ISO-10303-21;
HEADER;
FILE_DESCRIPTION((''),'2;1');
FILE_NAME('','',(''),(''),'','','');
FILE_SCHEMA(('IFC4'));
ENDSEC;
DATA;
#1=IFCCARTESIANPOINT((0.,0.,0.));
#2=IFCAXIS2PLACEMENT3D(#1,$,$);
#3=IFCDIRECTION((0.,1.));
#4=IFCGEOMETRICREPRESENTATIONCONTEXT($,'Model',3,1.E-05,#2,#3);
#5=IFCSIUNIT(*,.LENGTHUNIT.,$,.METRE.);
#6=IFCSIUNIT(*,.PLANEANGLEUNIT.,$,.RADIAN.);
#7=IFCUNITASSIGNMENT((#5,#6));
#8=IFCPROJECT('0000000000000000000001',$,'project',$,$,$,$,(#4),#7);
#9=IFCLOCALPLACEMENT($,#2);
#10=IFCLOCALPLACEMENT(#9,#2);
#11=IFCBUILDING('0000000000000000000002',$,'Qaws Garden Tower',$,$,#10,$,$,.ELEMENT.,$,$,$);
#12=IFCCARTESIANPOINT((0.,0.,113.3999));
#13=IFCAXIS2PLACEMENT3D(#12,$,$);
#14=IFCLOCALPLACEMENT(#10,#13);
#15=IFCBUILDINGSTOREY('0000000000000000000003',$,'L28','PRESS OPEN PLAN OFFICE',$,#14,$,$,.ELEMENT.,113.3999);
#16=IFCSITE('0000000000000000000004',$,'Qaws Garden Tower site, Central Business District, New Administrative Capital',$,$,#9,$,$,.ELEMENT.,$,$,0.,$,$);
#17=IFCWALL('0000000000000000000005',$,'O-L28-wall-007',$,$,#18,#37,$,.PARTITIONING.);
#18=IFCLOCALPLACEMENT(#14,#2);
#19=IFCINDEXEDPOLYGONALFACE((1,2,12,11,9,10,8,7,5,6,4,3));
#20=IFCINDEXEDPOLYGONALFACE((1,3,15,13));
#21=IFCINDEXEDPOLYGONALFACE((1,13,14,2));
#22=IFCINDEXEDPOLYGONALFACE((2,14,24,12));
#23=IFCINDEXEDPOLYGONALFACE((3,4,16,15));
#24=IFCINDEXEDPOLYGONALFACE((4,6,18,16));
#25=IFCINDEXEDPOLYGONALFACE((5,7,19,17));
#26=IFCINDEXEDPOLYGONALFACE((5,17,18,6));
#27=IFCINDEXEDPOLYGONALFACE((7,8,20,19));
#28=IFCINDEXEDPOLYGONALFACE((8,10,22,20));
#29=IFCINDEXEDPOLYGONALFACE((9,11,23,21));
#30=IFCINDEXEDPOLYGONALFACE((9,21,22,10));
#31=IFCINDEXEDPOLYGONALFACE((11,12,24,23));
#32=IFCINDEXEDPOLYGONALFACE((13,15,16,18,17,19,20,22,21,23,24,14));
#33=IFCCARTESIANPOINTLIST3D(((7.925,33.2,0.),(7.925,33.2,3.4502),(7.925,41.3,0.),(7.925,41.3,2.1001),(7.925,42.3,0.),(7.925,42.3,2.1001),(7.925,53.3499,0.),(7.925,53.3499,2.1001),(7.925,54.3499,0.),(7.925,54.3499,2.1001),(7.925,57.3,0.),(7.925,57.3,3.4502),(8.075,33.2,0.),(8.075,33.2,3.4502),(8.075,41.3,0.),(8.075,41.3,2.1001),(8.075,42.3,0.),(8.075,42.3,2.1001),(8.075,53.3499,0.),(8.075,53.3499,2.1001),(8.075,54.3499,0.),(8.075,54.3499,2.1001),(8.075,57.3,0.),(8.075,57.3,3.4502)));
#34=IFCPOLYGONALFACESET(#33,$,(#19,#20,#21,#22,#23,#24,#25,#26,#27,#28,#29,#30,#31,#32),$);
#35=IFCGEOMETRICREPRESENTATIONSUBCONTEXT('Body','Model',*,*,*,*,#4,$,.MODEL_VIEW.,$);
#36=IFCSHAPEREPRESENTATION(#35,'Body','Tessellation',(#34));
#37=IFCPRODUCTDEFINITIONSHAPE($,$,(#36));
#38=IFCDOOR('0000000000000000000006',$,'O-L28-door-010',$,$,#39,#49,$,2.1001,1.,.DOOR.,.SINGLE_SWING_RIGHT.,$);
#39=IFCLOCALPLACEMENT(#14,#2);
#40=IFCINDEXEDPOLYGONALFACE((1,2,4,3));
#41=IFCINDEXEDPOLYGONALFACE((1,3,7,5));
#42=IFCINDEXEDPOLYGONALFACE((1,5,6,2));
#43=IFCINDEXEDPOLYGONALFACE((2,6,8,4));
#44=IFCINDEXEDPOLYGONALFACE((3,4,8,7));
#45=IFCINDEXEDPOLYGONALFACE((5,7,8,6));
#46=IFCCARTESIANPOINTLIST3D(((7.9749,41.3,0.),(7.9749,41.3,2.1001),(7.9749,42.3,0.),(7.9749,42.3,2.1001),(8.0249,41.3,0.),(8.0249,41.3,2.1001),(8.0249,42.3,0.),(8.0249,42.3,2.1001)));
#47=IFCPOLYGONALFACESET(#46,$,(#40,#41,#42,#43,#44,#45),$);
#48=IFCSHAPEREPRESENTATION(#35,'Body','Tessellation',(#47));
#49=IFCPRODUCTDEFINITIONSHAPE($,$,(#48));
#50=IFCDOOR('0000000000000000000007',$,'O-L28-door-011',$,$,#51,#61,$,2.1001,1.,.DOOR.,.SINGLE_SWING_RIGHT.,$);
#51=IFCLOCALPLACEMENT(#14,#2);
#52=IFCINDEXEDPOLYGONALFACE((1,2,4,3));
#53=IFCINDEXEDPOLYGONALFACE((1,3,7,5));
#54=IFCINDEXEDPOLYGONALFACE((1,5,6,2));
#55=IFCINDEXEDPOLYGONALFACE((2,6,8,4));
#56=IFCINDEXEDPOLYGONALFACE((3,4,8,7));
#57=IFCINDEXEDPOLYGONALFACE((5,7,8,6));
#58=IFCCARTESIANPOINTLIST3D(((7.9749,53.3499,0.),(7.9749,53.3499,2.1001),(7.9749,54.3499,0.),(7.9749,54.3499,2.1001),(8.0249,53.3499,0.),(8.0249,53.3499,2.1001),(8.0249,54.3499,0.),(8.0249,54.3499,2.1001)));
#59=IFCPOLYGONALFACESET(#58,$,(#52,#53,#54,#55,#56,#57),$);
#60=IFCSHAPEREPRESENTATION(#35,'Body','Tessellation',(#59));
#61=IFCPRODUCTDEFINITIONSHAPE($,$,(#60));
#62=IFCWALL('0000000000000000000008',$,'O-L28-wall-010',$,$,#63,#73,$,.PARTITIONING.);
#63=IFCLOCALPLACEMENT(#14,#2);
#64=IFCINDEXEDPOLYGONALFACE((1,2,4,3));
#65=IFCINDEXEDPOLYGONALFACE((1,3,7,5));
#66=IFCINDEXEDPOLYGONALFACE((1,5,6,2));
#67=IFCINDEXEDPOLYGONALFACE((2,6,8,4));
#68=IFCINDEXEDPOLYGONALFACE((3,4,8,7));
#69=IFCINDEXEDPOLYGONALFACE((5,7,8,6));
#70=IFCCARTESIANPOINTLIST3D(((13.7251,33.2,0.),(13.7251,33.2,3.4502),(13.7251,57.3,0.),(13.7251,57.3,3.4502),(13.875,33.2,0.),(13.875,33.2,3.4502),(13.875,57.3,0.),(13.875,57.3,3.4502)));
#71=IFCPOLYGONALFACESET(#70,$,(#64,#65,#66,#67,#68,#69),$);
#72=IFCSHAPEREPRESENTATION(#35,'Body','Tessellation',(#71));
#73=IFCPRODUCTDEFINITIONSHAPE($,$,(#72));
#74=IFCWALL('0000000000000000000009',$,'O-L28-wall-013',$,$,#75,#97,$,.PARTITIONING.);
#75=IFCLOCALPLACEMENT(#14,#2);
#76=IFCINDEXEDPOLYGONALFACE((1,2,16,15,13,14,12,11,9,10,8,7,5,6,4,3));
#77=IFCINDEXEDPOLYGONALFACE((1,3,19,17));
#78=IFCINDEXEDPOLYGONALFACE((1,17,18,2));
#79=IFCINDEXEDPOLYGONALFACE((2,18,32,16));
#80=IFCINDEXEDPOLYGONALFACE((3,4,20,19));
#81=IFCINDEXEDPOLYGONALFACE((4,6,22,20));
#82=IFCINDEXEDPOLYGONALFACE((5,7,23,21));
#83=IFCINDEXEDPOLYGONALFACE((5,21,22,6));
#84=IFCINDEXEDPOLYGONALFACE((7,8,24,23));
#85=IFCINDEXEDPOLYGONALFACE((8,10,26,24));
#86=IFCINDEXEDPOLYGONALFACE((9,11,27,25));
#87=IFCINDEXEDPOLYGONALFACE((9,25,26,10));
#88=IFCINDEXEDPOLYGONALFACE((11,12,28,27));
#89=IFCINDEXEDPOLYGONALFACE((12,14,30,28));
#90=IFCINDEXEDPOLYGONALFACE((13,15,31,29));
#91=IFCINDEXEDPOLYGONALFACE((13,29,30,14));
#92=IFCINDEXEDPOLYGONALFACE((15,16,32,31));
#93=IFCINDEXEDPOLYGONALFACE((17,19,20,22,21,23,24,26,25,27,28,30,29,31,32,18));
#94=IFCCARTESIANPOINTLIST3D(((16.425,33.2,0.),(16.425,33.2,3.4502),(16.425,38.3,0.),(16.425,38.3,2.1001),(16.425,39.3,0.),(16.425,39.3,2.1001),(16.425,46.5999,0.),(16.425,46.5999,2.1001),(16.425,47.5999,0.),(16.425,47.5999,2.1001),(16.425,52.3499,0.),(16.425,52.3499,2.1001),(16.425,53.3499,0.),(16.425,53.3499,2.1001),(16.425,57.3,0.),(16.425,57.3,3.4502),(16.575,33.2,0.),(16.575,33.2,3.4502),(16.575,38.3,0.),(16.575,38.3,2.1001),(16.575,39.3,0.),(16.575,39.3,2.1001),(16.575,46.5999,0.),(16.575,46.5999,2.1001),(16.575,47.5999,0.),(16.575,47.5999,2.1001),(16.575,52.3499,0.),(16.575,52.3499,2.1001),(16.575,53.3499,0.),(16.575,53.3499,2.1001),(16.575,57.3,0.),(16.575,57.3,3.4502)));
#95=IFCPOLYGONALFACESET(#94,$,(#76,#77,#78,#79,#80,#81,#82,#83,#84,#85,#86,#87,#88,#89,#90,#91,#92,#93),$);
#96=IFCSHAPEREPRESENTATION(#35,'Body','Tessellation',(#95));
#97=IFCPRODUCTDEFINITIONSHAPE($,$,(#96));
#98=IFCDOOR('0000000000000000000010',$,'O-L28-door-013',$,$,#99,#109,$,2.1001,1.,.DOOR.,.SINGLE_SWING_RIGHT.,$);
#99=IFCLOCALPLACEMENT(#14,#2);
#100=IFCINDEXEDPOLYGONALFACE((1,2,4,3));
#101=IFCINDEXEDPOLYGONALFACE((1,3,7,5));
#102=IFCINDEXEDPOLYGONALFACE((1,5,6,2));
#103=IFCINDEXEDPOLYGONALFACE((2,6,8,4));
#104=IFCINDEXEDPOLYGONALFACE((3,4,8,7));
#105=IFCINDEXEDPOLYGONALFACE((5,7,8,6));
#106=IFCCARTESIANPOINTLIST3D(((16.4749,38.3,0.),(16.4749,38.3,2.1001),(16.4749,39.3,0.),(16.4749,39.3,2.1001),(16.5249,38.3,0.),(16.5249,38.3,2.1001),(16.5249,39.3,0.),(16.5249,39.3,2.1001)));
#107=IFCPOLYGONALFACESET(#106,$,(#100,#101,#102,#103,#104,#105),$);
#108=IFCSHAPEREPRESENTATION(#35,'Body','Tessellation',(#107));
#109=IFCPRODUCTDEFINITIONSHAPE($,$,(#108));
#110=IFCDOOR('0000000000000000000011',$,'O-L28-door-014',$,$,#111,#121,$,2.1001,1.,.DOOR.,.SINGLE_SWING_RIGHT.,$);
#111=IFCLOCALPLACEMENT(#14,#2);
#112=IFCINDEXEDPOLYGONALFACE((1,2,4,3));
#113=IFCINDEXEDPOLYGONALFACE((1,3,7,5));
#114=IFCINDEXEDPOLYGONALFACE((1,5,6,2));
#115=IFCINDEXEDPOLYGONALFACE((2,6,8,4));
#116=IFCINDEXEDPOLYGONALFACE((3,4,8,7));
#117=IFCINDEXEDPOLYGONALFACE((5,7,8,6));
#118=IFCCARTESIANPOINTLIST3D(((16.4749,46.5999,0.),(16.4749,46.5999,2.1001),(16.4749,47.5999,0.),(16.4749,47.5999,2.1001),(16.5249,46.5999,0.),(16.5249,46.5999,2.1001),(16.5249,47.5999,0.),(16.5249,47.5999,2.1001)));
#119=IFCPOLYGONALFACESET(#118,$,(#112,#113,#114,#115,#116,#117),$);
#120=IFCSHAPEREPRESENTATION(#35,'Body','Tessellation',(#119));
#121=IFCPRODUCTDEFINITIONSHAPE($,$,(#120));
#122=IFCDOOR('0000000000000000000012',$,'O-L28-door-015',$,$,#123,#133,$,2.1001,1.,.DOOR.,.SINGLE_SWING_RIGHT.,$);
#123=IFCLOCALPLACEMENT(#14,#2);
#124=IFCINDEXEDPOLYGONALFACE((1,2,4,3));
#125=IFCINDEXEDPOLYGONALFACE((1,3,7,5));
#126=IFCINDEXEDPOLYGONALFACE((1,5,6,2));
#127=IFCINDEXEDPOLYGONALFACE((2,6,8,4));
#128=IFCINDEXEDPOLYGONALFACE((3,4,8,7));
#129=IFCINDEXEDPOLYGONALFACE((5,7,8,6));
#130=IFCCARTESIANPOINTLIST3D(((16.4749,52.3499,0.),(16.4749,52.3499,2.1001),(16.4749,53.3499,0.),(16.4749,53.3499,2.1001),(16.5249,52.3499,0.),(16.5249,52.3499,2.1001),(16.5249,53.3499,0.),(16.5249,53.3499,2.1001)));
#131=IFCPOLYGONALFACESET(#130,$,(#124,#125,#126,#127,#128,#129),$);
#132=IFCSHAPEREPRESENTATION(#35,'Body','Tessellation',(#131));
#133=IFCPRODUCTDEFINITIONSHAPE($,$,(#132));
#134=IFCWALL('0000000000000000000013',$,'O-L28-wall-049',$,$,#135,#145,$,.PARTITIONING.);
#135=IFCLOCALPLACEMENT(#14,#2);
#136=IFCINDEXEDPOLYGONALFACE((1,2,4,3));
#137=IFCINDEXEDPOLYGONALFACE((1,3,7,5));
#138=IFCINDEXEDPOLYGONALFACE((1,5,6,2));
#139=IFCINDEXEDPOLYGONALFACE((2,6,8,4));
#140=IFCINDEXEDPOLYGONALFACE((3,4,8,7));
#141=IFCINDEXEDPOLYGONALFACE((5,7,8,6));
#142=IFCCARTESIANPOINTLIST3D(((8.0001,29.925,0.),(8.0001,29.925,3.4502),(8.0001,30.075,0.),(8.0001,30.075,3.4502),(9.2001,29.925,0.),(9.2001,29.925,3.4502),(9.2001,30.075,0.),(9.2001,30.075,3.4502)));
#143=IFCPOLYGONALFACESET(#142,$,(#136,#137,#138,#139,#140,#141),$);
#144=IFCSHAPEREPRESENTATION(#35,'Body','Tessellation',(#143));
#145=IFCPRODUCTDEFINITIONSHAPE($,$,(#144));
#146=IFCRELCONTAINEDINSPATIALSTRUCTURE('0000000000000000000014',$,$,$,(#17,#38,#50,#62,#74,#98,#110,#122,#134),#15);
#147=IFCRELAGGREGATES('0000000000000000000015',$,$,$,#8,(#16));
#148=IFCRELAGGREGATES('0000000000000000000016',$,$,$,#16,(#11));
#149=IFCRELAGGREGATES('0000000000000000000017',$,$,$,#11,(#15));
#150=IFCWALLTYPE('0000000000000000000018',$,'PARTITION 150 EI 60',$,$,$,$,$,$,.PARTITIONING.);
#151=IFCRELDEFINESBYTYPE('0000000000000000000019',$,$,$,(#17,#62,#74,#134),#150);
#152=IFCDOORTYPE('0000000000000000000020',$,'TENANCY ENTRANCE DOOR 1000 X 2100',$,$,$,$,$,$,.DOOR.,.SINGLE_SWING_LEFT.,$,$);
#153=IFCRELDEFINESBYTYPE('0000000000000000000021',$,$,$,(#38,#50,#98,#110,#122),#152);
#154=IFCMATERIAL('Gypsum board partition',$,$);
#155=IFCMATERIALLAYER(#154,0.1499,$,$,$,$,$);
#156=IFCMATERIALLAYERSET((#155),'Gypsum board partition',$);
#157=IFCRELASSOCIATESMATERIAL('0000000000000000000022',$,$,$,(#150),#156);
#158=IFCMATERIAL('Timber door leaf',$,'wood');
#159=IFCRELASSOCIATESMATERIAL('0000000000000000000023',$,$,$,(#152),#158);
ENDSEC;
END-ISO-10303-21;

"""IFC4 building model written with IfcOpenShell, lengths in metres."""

from ifc_helpers import new_model, si_unit, direction, frame, frame_2d, origin, place, context, subcontext, project, spatial, rectangle, extrude, material, layer, layer_set, type_object, element, fill, save


model = new_model("IFC4")

# Units and contexts
model_context = context("Model", 3, precision=1e-05, world=origin(), true_north=direction((0.0, 1.0)))
body_context = subcontext(model_context, "Body", "Model", "MODEL_VIEW")
ifc_project = project(units=[si_unit("LENGTHUNIT", "METRE"), si_unit("PLANEANGLEUNIT", "RADIAN")], contexts=[model_context])

# Site, building, storey
site_placement = place(None, origin())
site = spatial("IfcSite", under=ifc_project, at=site_placement, Name="Qaws Garden Tower site, Central Business District, New Administrative Capital", CompositionType="ELEMENT", RefElevation=0.0)
building_placement = place(site_placement, origin())
building = spatial("IfcBuilding", under=site, at=building_placement, Name="Qaws Garden Tower", CompositionType="ELEMENT")
storey_placement = place(building_placement, frame((0.0, 0.0, 113.3999)))
storey = spatial("IfcBuildingStorey", under=building, at=storey_placement, Name="L28", Description="PRESS OPEN PLAN OFFICE", CompositionType="ELEMENT", Elevation=113.3999)

# Wall, openings, doors
ifc_material_1 = material(Name="Gypsum board partition")
ifc_layer_1 = layer(ifc_material_1, 0.1499)
ifc_layer_set_1 = layer_set([ifc_layer_1], Name="Gypsum board partition")
wall_type_1 = type_object("IfcWallType", Name="PARTITION 150 EI 60", PredefinedType="PARTITIONING", material=ifc_layer_set_1)
wall_1_placement = place(storey_placement, frame((8.0, 33.2, 0.0), z_axis=(0.0, 0.0, 1.0), x_axis=(0.0, 1.0, 0.0)))
wall_1 = element("IfcWall", 1, at=wall_1_placement, inside=storey, type_object=wall_type_1, Name="O-L28-wall-007", PredefinedType="PARTITIONING", context=body_context, shape_type="SweptSolid", body=[
    extrude(rectangle(XDim=24.1001, YDim=0.1499, at=frame_2d((12.05, 0.0))), origin(), (0.0, 0.0, 1.0), 3.4502),
])
opening_1_placement = place(wall_1_placement, frame((8.1001, 0.0, 0.0)))
opening_1 = element("IfcOpeningElement", 2, at=opening_1_placement, cuts=wall_1, PredefinedType="OPENING", context=body_context, shape_type="SweptSolid", body=[
    extrude(rectangle(XDim=1.0, YDim=2.1001, at=frame_2d((0.5, 1.05))), frame((0.0, 0.085, 0.0), z_axis=(0.0, -1.0, 0.0), x_axis=(1.0, 0.0, 0.0)), (0.0, 0.0, 1.0), 0.1699),
])
opening_2_placement = place(wall_1_placement, frame((20.1499, 0.0, 0.0)))
opening_2 = element("IfcOpeningElement", 3, at=opening_2_placement, cuts=wall_1, PredefinedType="OPENING", context=body_context, shape_type="SweptSolid", body=[
    extrude(rectangle(XDim=1.0, YDim=2.1001, at=frame_2d((0.5, 1.05))), frame((0.0, 0.085, 0.0), z_axis=(0.0, -1.0, 0.0), x_axis=(1.0, 0.0, 0.0)), (0.0, 0.0, 1.0), 0.1699),
])
ifc_material_2 = material(Name="Timber door leaf", Category="wood")
door_type_1 = type_object("IfcDoorType", Name="TENANCY ENTRANCE DOOR 1000 X 2100", OperationType="SINGLE_SWING_LEFT", PredefinedType="DOOR", material=ifc_material_2)
door_1_placement = place(opening_1_placement, frame((1.0, 0.0, 0.0), z_axis=(0.0, 0.0, 1.0), x_axis=(-1.0, 0.0, 0.0)))
door_1 = element("IfcDoor", 4, at=door_1_placement, inside=storey, type_object=door_type_1, Name="O-L28-door-010", OperationType="SINGLE_SWING_RIGHT", OverallHeight=2.1001, OverallWidth=1.0, PredefinedType="DOOR", context=body_context, shape_type="SweptSolid", body=[
    extrude(rectangle(XDim=1.0, YDim=2.1001, at=frame_2d((0.5, 1.05))), frame((0.0, 0.0249, 0.0), z_axis=(0.0, -1.0, 0.0), x_axis=(1.0, 0.0, 0.0)), (0.0, 0.0, 1.0), 0.05),
])
fill(opening_1, door_1)
door_2_placement = place(opening_2_placement, frame((1.0, 0.0, 0.0), z_axis=(0.0, 0.0, 1.0), x_axis=(-1.0, 0.0, 0.0)))
door_2 = element("IfcDoor", 5, at=door_2_placement, inside=storey, type_object=door_type_1, Name="O-L28-door-011", OperationType="SINGLE_SWING_RIGHT", OverallHeight=2.1001, OverallWidth=1.0, PredefinedType="DOOR", context=body_context, shape_type="SweptSolid", body=[
    extrude(rectangle(XDim=1.0, YDim=2.1001, at=frame_2d((0.5, 1.05))), frame((0.0, 0.0249, 0.0), z_axis=(0.0, -1.0, 0.0), x_axis=(1.0, 0.0, 0.0)), (0.0, 0.0, 1.0), 0.05),
])
fill(opening_2, door_2)

# Wall
wall_2_placement = place(storey_placement, frame((13.8, 33.2, 0.0), z_axis=(0.0, 0.0, 1.0), x_axis=(0.0, 1.0, 0.0)))
element("IfcWall", 6, at=wall_2_placement, inside=storey, type_object=wall_type_1, Name="O-L28-wall-010", PredefinedType="PARTITIONING", context=body_context, shape_type="SweptSolid", body=[
    extrude(rectangle(XDim=24.1001, YDim=0.1499, at=frame_2d((12.05, 0.0))), origin(), (0.0, 0.0, 1.0), 3.4502),
])

# Wall, openings, doors
wall_3_placement = place(storey_placement, frame((16.5, 33.2, 0.0), z_axis=(0.0, 0.0, 1.0), x_axis=(0.0, 1.0, 0.0)))
wall_3 = element("IfcWall", 7, at=wall_3_placement, inside=storey, type_object=wall_type_1, Name="O-L28-wall-013", PredefinedType="PARTITIONING", context=body_context, shape_type="SweptSolid", body=[
    extrude(rectangle(XDim=24.1001, YDim=0.1499, at=frame_2d((12.05, 0.0))), origin(), (0.0, 0.0, 1.0), 3.4502),
])
opening_3_placement = place(wall_3_placement, frame((5.1001, 0.0, 0.0)))
opening_3 = element("IfcOpeningElement", 8, at=opening_3_placement, cuts=wall_3, PredefinedType="OPENING", context=body_context, shape_type="SweptSolid", body=[
    extrude(rectangle(XDim=1.0, YDim=2.1001, at=frame_2d((0.5, 1.05))), frame((0.0, 0.085, 0.0), z_axis=(0.0, -1.0, 0.0), x_axis=(1.0, 0.0, 0.0)), (0.0, 0.0, 1.0), 0.1699),
])
opening_4_placement = place(wall_3_placement, frame((13.3999, 0.0, 0.0)))
opening_4 = element("IfcOpeningElement", 9, at=opening_4_placement, cuts=wall_3, PredefinedType="OPENING", context=body_context, shape_type="SweptSolid", body=[
    extrude(rectangle(XDim=1.0, YDim=2.1001, at=frame_2d((0.5, 1.05))), frame((0.0, 0.085, 0.0), z_axis=(0.0, -1.0, 0.0), x_axis=(1.0, 0.0, 0.0)), (0.0, 0.0, 1.0), 0.1699),
])
opening_5_placement = place(wall_3_placement, frame((19.1499, 0.0, 0.0)))
opening_5 = element("IfcOpeningElement", 10, at=opening_5_placement, cuts=wall_3, PredefinedType="OPENING", context=body_context, shape_type="SweptSolid", body=[
    extrude(rectangle(XDim=1.0, YDim=2.1001, at=frame_2d((0.5, 1.05))), frame((0.0, 0.085, 0.0), z_axis=(0.0, -1.0, 0.0), x_axis=(1.0, 0.0, 0.0)), (0.0, 0.0, 1.0), 0.1699),
])
door_3_placement = place(opening_3_placement, frame((1.0, 0.0, 0.0), z_axis=(0.0, 0.0, 1.0), x_axis=(-1.0, 0.0, 0.0)))
door_3 = element("IfcDoor", 11, at=door_3_placement, inside=storey, type_object=door_type_1, Name="O-L28-door-013", OperationType="SINGLE_SWING_RIGHT", OverallHeight=2.1001, OverallWidth=1.0, PredefinedType="DOOR", context=body_context, shape_type="SweptSolid", body=[
    extrude(rectangle(XDim=1.0, YDim=2.1001, at=frame_2d((0.5, 1.05))), frame((0.0, 0.0249, 0.0), z_axis=(0.0, -1.0, 0.0), x_axis=(1.0, 0.0, 0.0)), (0.0, 0.0, 1.0), 0.05),
])
fill(opening_3, door_3)
door_4_placement = place(opening_4_placement, frame((1.0, 0.0, 0.0), z_axis=(0.0, 0.0, 1.0), x_axis=(-1.0, 0.0, 0.0)))
door_4 = element("IfcDoor", 12, at=door_4_placement, inside=storey, type_object=door_type_1, Name="O-L28-door-014", OperationType="SINGLE_SWING_RIGHT", OverallHeight=2.1001, OverallWidth=1.0, PredefinedType="DOOR", context=body_context, shape_type="SweptSolid", body=[
    extrude(rectangle(XDim=1.0, YDim=2.1001, at=frame_2d((0.5, 1.05))), frame((0.0, 0.0249, 0.0), z_axis=(0.0, -1.0, 0.0), x_axis=(1.0, 0.0, 0.0)), (0.0, 0.0, 1.0), 0.05),
])
fill(opening_4, door_4)
door_5_placement = place(opening_5_placement, frame((1.0, 0.0, 0.0), z_axis=(0.0, 0.0, 1.0), x_axis=(-1.0, 0.0, 0.0)))
door_5 = element("IfcDoor", 13, at=door_5_placement, inside=storey, type_object=door_type_1, Name="O-L28-door-015", OperationType="SINGLE_SWING_RIGHT", OverallHeight=2.1001, OverallWidth=1.0, PredefinedType="DOOR", context=body_context, shape_type="SweptSolid", body=[
    extrude(rectangle(XDim=1.0, YDim=2.1001, at=frame_2d((0.5, 1.05))), frame((0.0, 0.0249, 0.0), z_axis=(0.0, -1.0, 0.0), x_axis=(1.0, 0.0, 0.0)), (0.0, 0.0, 1.0), 0.05),
])
fill(opening_5, door_5)

# Wall
wall_4_placement = place(storey_placement, frame((8.0, 30.0, 0.0), z_axis=(0.0, 0.0, 1.0), x_axis=(1.0, 0.0, 0.0)))
element("IfcWall", 14, at=wall_4_placement, inside=storey, type_object=wall_type_1, Name="O-L28-wall-049", PredefinedType="PARTITIONING", context=body_context, shape_type="SweptSolid", body=[
    extrude(rectangle(XDim=1.2, YDim=0.1499, at=frame_2d((0.6001, 0.0))), origin(), (0.0, 0.0, 1.0), 3.4502),
])

save(model, "model.ifc")
